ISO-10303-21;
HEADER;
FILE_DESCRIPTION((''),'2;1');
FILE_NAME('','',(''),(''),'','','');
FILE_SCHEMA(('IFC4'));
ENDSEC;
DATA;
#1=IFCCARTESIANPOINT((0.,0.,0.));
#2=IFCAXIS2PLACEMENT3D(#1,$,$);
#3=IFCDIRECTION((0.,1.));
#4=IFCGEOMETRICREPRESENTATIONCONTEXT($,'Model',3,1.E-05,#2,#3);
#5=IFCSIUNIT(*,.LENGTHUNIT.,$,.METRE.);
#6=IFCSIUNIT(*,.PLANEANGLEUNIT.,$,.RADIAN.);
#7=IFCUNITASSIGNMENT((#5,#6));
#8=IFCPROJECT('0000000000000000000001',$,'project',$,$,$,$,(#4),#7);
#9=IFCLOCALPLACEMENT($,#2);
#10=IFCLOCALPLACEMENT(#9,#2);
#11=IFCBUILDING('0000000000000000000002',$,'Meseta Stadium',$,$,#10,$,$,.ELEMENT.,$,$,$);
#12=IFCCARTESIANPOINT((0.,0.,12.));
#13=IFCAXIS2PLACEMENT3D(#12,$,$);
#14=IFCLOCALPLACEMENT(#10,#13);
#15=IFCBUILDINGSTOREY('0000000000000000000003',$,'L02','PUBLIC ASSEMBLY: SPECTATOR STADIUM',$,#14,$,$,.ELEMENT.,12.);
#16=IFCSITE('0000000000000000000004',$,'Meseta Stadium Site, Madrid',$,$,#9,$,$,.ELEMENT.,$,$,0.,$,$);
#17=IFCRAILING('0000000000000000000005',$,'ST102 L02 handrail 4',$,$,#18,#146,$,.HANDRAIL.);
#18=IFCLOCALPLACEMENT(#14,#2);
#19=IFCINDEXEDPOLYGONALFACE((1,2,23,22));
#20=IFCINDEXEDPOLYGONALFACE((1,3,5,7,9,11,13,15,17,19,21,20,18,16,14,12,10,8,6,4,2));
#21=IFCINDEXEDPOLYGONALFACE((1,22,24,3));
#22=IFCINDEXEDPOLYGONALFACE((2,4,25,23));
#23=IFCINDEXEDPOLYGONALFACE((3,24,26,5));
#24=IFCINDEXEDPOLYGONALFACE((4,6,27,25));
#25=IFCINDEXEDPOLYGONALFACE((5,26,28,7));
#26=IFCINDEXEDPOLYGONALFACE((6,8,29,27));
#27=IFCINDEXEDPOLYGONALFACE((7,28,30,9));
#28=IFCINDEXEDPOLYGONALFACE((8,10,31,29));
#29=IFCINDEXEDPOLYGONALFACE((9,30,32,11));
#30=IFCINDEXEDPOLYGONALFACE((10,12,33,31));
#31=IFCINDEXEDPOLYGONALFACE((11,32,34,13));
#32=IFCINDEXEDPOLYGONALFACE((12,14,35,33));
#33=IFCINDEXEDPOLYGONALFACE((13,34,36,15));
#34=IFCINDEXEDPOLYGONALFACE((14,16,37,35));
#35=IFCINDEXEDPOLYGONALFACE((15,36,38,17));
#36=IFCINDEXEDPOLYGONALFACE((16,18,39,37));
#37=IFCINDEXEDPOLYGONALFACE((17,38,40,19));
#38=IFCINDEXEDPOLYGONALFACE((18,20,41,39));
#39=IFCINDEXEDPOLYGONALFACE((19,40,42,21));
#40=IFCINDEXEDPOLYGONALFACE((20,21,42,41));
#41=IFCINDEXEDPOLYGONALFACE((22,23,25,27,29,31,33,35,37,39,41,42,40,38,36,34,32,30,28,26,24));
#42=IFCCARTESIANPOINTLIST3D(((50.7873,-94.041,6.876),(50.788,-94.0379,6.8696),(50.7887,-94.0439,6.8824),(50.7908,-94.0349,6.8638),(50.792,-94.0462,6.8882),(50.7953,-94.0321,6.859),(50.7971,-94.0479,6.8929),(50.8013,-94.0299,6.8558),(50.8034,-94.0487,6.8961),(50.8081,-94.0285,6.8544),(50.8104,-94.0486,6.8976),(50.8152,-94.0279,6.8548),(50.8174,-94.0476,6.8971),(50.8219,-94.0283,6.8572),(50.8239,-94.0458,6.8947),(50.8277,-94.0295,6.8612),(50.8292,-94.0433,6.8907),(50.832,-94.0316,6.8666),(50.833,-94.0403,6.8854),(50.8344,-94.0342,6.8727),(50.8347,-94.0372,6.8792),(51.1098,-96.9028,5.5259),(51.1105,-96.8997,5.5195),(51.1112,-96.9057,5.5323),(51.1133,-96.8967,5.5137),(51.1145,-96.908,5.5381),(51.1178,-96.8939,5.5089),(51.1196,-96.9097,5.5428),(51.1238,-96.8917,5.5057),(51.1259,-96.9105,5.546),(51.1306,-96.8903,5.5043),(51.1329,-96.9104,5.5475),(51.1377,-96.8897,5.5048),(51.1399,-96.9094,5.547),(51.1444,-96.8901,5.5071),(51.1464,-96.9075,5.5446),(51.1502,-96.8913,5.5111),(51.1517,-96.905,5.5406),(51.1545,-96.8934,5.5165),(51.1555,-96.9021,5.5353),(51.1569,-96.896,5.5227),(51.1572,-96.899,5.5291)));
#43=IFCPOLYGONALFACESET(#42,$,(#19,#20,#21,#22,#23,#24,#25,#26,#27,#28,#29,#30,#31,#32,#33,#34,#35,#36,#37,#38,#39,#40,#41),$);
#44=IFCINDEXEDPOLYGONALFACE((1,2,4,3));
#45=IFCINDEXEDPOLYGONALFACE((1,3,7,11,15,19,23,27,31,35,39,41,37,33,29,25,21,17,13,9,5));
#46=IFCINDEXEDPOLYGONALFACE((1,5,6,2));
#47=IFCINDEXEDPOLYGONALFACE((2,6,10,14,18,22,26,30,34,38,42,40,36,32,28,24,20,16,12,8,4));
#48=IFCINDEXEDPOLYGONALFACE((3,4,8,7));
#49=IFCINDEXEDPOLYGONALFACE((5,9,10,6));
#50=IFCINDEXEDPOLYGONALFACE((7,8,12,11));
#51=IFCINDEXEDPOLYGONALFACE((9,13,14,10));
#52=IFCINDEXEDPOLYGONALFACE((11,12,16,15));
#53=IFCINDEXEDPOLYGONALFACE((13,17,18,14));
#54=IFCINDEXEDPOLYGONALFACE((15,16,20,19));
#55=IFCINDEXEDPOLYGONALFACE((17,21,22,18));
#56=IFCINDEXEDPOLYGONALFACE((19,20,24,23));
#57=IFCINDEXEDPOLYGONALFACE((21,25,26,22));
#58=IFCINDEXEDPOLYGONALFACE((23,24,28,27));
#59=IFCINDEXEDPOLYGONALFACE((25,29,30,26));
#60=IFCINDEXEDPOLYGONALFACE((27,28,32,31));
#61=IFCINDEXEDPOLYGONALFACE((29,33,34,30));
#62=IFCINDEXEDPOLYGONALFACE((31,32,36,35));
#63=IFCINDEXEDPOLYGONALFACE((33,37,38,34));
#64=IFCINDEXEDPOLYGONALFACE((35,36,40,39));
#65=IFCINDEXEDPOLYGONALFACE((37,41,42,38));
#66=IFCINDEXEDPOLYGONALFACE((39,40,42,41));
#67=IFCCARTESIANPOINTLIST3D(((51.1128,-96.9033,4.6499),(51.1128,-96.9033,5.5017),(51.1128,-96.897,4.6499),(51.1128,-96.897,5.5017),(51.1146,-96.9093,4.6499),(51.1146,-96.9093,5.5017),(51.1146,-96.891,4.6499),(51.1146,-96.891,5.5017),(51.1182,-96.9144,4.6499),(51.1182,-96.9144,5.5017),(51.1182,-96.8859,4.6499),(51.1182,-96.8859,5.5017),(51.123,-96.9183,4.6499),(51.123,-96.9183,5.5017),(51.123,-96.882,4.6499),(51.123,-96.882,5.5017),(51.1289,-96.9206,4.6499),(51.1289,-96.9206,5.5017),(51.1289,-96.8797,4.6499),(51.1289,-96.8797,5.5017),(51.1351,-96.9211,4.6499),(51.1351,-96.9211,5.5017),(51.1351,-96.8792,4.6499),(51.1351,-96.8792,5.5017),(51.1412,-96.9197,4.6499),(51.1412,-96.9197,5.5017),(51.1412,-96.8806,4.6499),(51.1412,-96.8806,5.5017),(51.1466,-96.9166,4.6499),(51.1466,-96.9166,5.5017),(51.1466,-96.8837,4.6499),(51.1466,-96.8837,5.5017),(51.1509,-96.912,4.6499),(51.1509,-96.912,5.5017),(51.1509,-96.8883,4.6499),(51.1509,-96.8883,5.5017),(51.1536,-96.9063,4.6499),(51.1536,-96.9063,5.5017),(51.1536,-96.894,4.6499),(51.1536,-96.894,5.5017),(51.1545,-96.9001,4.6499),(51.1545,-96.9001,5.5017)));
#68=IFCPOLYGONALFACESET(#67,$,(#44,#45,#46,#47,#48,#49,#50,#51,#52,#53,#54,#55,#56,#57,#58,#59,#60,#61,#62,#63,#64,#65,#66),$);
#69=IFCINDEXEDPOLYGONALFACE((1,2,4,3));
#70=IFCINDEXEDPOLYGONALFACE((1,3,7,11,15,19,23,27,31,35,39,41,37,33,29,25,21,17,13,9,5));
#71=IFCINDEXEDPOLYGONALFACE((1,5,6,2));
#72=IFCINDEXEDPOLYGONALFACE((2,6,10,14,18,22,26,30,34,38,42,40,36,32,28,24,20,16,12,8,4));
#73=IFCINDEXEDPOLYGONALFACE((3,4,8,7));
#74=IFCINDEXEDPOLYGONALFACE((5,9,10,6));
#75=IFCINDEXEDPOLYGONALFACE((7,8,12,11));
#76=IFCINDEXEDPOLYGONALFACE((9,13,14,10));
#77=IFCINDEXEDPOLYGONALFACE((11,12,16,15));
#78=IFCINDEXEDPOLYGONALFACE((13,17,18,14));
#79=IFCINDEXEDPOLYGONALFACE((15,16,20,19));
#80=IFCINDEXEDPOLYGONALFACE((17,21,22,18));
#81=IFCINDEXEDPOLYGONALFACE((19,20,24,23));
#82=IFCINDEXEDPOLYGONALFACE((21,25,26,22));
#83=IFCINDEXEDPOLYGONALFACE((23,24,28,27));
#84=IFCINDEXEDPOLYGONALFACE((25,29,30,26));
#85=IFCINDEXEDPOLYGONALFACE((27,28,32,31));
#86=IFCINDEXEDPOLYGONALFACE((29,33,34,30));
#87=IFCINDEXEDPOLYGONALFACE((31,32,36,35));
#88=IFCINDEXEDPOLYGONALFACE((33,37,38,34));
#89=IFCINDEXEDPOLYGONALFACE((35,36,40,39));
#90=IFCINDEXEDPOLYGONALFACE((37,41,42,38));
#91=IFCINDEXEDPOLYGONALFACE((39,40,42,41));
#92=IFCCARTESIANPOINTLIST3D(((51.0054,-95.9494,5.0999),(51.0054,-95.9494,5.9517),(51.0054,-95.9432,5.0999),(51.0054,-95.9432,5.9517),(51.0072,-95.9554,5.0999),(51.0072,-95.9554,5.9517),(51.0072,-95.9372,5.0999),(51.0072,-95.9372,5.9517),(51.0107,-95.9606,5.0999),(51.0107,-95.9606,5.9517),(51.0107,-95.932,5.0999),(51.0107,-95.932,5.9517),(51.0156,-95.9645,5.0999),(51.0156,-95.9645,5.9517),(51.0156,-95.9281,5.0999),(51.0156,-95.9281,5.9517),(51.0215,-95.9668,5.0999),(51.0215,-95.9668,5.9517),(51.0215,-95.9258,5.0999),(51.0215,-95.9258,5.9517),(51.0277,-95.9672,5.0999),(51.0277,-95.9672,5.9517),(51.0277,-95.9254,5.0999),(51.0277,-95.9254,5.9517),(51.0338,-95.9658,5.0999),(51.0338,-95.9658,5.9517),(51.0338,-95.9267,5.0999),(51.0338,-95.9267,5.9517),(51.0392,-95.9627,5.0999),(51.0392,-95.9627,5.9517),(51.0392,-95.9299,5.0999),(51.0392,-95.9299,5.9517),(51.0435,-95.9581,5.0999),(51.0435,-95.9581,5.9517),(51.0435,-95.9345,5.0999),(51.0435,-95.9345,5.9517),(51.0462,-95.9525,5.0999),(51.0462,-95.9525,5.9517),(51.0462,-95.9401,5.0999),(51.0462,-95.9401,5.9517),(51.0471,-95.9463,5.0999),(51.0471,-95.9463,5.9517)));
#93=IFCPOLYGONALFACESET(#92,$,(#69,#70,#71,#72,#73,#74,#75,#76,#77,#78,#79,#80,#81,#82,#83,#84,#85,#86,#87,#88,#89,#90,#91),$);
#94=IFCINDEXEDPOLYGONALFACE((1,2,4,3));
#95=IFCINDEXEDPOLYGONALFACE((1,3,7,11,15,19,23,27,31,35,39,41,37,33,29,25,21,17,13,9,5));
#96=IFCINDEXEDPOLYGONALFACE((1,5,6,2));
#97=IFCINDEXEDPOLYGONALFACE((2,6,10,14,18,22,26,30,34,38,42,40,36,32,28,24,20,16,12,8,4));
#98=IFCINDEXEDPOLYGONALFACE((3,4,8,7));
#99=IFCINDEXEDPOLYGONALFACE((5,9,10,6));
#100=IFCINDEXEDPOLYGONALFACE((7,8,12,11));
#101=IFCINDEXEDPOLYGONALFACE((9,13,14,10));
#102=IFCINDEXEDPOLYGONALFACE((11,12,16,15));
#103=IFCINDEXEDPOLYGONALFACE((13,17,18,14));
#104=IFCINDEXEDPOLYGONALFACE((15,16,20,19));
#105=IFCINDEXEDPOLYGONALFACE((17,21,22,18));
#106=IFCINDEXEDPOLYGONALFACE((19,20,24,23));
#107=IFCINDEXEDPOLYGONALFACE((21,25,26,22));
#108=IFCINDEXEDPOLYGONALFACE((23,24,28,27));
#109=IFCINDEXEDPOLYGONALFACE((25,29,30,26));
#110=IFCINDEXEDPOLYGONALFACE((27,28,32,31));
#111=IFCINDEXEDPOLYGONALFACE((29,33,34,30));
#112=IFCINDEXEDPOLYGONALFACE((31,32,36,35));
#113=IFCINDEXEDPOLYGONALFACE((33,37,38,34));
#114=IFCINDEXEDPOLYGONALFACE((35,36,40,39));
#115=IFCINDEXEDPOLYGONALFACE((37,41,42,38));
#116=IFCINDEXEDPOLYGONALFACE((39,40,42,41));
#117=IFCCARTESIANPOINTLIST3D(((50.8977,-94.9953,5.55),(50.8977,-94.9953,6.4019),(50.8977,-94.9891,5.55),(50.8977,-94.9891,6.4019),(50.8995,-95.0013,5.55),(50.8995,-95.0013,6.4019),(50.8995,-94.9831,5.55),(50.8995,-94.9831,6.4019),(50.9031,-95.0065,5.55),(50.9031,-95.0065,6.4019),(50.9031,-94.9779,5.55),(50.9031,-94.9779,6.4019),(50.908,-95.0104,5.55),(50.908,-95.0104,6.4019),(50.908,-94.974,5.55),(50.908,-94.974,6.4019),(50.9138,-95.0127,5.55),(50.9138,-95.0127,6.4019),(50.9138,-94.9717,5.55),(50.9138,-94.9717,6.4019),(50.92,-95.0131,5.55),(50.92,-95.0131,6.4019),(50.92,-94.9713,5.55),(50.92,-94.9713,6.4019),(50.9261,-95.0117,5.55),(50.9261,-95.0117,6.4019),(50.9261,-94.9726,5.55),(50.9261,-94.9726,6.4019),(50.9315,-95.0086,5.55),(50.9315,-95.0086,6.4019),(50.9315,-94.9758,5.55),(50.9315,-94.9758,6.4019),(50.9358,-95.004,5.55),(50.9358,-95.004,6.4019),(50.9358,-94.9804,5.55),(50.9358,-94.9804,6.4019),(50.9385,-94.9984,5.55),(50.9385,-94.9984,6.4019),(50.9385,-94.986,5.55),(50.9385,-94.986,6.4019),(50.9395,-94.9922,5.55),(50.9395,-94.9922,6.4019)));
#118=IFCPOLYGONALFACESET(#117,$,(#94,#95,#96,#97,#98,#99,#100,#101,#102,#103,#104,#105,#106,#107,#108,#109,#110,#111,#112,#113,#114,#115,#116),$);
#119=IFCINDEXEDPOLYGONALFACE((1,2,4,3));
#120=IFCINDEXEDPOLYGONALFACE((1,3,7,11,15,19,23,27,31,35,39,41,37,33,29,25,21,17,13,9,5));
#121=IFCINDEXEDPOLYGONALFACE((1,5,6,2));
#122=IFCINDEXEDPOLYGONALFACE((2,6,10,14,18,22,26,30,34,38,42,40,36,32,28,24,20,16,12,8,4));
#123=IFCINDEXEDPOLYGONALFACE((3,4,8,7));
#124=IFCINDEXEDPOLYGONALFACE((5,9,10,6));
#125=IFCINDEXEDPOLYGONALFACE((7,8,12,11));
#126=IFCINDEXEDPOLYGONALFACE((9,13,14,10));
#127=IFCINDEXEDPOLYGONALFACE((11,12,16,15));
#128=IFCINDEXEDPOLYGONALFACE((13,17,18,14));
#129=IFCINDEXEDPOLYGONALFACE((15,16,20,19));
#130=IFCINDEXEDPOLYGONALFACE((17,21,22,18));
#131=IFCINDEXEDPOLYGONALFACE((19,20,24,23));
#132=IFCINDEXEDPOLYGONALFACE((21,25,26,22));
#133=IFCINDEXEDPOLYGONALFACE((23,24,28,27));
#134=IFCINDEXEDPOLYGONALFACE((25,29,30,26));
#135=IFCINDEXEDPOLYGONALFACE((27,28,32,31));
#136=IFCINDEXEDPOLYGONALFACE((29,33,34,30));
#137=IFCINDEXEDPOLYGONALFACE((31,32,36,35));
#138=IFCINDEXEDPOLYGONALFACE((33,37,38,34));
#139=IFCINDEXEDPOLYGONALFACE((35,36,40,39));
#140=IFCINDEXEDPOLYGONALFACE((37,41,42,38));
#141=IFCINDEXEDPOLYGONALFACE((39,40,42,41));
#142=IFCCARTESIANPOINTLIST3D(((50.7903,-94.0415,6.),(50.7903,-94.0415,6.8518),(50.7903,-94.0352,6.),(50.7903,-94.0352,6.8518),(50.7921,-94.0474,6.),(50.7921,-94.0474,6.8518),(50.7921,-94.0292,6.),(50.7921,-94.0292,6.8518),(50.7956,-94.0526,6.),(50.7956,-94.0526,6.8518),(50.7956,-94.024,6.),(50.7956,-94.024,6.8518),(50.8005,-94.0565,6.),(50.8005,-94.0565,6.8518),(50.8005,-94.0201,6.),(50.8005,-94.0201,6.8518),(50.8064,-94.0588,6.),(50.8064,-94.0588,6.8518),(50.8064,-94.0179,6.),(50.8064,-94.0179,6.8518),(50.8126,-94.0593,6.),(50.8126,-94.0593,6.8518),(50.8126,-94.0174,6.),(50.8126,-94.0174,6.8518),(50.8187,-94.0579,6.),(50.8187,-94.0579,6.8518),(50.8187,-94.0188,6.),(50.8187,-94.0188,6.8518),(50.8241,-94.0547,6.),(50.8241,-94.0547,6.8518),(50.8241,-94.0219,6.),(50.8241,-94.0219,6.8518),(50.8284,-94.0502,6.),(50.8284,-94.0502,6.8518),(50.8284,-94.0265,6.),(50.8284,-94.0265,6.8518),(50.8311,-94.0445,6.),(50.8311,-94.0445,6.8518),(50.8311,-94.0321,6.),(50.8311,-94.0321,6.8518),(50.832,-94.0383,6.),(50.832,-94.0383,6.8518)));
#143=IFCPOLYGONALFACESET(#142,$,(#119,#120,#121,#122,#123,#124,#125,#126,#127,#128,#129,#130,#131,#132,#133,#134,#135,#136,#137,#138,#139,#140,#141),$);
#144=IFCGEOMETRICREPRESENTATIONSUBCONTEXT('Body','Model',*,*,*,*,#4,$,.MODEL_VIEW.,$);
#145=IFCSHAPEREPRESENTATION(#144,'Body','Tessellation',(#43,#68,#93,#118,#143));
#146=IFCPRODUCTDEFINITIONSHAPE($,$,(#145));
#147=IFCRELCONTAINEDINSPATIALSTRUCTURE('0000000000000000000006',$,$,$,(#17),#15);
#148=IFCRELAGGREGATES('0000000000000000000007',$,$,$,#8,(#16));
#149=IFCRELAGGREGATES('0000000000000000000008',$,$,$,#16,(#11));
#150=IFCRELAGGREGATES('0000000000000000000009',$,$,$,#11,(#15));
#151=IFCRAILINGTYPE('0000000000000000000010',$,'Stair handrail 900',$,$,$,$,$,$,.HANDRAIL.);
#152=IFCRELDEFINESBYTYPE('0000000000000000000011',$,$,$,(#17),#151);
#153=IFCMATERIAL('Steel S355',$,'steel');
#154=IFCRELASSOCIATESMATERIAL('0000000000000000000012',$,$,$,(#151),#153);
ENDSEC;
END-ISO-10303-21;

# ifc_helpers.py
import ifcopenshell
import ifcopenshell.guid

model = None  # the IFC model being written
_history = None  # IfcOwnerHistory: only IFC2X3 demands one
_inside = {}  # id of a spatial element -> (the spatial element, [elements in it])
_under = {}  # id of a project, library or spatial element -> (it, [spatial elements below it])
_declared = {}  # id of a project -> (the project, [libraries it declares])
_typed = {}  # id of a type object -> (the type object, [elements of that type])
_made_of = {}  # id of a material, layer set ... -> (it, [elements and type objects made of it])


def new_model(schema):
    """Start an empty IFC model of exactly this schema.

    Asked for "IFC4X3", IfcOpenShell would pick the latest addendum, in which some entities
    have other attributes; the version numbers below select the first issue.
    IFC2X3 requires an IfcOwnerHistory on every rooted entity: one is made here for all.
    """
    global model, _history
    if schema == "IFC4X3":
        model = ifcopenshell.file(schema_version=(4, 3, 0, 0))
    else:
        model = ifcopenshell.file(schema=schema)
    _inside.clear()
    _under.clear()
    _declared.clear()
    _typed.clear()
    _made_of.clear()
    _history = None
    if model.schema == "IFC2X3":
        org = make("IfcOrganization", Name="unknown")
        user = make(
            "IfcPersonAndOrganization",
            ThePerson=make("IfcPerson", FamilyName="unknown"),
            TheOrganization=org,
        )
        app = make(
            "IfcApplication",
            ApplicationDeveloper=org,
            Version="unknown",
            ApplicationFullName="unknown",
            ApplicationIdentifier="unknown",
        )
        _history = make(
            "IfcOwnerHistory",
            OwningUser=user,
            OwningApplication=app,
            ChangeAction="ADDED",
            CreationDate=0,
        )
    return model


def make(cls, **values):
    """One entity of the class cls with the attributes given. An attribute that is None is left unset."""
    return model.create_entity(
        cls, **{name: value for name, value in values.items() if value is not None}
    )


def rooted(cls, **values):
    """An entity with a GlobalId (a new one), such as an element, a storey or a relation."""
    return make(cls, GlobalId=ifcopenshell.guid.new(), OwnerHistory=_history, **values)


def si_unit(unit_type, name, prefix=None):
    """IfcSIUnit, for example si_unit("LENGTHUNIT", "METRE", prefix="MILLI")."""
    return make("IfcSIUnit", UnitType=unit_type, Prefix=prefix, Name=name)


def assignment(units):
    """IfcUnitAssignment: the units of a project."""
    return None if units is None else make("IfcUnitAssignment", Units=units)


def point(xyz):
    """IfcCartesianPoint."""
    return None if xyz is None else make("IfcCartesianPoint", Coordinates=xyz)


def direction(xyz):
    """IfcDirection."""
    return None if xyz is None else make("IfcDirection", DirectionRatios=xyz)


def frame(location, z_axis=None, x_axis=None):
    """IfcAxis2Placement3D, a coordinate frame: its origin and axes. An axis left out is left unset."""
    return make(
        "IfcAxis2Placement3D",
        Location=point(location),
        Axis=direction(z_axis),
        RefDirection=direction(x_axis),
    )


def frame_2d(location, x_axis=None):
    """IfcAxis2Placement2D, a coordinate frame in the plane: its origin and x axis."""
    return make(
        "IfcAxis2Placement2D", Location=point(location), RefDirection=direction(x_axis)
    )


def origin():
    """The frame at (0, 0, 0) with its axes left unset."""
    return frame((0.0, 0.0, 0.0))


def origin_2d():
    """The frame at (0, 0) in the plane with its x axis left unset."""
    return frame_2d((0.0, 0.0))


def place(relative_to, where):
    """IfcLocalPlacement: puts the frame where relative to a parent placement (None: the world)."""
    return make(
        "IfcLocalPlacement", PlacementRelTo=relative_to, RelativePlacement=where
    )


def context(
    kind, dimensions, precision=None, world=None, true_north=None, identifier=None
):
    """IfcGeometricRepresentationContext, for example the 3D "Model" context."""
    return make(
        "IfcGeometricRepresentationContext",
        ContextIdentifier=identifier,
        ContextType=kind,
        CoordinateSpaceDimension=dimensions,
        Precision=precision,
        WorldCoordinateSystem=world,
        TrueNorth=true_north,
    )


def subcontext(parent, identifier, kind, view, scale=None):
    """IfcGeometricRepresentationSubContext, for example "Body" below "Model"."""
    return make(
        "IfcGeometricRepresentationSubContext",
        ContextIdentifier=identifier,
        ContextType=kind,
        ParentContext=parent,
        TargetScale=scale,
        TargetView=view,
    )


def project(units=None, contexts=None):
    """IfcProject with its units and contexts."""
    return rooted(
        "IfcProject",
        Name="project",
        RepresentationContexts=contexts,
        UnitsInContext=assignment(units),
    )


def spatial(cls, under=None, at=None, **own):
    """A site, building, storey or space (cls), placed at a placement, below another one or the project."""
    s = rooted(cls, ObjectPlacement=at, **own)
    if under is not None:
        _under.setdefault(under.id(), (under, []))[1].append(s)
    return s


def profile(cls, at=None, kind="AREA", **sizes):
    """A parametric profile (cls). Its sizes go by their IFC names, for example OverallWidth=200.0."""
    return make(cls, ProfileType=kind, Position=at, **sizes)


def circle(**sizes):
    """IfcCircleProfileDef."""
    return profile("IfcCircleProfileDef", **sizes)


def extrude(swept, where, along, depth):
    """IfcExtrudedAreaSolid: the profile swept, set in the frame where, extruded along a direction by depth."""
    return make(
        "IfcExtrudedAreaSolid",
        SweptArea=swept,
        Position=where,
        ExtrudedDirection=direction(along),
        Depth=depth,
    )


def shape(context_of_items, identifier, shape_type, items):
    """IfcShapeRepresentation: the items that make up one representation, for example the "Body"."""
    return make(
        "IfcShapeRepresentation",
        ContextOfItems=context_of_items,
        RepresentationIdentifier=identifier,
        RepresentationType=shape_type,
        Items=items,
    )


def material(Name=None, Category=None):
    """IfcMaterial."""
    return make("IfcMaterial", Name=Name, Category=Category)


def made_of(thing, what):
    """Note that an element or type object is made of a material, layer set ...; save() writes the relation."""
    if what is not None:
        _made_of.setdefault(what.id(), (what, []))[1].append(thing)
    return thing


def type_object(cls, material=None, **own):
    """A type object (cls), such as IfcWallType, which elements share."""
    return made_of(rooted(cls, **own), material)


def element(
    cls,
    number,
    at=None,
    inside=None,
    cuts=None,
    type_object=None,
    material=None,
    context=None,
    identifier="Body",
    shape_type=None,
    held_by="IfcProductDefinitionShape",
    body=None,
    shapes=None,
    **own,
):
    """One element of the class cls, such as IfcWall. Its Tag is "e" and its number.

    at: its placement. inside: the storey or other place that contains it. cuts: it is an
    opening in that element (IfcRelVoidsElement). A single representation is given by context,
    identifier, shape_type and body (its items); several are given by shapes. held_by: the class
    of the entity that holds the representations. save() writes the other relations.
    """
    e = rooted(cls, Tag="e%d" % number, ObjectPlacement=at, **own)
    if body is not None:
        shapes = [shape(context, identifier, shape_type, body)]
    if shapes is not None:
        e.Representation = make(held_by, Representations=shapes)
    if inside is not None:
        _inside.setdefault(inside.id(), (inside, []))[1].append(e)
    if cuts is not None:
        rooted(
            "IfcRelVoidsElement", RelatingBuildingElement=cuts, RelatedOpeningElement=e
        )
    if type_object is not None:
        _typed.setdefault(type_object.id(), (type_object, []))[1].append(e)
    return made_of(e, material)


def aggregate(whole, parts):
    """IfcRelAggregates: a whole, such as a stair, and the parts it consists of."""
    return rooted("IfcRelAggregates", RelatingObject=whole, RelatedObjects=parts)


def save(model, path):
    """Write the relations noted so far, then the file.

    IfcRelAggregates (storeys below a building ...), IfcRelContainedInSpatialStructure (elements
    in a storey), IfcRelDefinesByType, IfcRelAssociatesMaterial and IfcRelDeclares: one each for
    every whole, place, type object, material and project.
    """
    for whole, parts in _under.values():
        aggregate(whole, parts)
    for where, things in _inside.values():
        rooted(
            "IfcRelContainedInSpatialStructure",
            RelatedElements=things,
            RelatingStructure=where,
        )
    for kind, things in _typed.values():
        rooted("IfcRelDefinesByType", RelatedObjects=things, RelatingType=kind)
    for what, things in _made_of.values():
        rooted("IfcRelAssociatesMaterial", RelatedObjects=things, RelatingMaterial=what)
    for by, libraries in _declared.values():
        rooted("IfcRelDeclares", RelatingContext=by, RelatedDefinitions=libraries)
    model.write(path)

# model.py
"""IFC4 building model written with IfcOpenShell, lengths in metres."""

from ifc_helpers import new_model, si_unit, direction, frame, origin, origin_2d, place, context, subcontext, project, spatial, circle, extrude, material, type_object, element, save


model = new_model("IFC4")

# Units and contexts
model_context = context("Model", 3, precision=1e-05, world=origin(), true_north=direction((0.0, 1.0)))
body_context = subcontext(model_context, "Body", "Model", "MODEL_VIEW")
ifc_project = project(units=[si_unit("LENGTHUNIT", "METRE"), si_unit("PLANEANGLEUNIT", "RADIAN")], contexts=[model_context])

# Site, building, storey
site_placement = place(None, origin())
site = spatial("IfcSite", under=ifc_project, at=site_placement, Name="Meseta Stadium Site, Madrid", CompositionType="ELEMENT", RefElevation=0.0)
building_placement = place(site_placement, origin())
building = spatial("IfcBuilding", under=site, at=building_placement, Name="Meseta Stadium", CompositionType="ELEMENT")
storey_placement = place(building_placement, frame((0.0, 0.0, 12.0)))
storey = spatial("IfcBuildingStorey", under=building, at=storey_placement, Name="L02", Description="PUBLIC ASSEMBLY: SPECTATOR STADIUM", CompositionType="ELEMENT", Elevation=12.0)

# Railing
ifc_material_1 = material(Name="Steel S355", Category="steel")
railing_type_1 = type_object("IfcRailingType", Name="Stair handrail 900", PredefinedType="HANDRAIL", material=ifc_material_1)
railing_1_placement = place(storey_placement, frame((51.1335, -96.9001, 4.6499)))
element("IfcRailing", 1, at=railing_1_placement, inside=storey, type_object=railing_type_1, Name="ST102 L02 handrail 4", PredefinedType="HANDRAIL", context=body_context, shape_type="SweptSolid", body=[
    extrude(circle(Radius=0.0239, at=origin_2d()), frame((0.0, 0.0, 0.876), z_axis=(-0.101396, 0.899748, 0.424467), x_axis=(-0.99371, -0.111985, 0.0)), (0.0, 0.0, 1.0), 3.1807),
    extrude(circle(Radius=0.021, at=origin_2d()), origin(), (0.0, 0.0, 1.0), 0.8518),
    extrude(circle(Radius=0.021, at=origin_2d()), frame((-0.1074, 0.9539, 0.45)), (0.0, 0.0, 1.0), 0.8518),
    extrude(circle(Radius=0.021, at=origin_2d()), frame((-0.2151, 1.908, 0.9001)), (0.0, 0.0, 1.0), 0.8518),
    extrude(circle(Radius=0.021, at=origin_2d()), frame((-0.3225, 2.8618, 1.3501)), (0.0, 0.0, 1.0), 0.8518),
])

save(model, "model.ifc")
